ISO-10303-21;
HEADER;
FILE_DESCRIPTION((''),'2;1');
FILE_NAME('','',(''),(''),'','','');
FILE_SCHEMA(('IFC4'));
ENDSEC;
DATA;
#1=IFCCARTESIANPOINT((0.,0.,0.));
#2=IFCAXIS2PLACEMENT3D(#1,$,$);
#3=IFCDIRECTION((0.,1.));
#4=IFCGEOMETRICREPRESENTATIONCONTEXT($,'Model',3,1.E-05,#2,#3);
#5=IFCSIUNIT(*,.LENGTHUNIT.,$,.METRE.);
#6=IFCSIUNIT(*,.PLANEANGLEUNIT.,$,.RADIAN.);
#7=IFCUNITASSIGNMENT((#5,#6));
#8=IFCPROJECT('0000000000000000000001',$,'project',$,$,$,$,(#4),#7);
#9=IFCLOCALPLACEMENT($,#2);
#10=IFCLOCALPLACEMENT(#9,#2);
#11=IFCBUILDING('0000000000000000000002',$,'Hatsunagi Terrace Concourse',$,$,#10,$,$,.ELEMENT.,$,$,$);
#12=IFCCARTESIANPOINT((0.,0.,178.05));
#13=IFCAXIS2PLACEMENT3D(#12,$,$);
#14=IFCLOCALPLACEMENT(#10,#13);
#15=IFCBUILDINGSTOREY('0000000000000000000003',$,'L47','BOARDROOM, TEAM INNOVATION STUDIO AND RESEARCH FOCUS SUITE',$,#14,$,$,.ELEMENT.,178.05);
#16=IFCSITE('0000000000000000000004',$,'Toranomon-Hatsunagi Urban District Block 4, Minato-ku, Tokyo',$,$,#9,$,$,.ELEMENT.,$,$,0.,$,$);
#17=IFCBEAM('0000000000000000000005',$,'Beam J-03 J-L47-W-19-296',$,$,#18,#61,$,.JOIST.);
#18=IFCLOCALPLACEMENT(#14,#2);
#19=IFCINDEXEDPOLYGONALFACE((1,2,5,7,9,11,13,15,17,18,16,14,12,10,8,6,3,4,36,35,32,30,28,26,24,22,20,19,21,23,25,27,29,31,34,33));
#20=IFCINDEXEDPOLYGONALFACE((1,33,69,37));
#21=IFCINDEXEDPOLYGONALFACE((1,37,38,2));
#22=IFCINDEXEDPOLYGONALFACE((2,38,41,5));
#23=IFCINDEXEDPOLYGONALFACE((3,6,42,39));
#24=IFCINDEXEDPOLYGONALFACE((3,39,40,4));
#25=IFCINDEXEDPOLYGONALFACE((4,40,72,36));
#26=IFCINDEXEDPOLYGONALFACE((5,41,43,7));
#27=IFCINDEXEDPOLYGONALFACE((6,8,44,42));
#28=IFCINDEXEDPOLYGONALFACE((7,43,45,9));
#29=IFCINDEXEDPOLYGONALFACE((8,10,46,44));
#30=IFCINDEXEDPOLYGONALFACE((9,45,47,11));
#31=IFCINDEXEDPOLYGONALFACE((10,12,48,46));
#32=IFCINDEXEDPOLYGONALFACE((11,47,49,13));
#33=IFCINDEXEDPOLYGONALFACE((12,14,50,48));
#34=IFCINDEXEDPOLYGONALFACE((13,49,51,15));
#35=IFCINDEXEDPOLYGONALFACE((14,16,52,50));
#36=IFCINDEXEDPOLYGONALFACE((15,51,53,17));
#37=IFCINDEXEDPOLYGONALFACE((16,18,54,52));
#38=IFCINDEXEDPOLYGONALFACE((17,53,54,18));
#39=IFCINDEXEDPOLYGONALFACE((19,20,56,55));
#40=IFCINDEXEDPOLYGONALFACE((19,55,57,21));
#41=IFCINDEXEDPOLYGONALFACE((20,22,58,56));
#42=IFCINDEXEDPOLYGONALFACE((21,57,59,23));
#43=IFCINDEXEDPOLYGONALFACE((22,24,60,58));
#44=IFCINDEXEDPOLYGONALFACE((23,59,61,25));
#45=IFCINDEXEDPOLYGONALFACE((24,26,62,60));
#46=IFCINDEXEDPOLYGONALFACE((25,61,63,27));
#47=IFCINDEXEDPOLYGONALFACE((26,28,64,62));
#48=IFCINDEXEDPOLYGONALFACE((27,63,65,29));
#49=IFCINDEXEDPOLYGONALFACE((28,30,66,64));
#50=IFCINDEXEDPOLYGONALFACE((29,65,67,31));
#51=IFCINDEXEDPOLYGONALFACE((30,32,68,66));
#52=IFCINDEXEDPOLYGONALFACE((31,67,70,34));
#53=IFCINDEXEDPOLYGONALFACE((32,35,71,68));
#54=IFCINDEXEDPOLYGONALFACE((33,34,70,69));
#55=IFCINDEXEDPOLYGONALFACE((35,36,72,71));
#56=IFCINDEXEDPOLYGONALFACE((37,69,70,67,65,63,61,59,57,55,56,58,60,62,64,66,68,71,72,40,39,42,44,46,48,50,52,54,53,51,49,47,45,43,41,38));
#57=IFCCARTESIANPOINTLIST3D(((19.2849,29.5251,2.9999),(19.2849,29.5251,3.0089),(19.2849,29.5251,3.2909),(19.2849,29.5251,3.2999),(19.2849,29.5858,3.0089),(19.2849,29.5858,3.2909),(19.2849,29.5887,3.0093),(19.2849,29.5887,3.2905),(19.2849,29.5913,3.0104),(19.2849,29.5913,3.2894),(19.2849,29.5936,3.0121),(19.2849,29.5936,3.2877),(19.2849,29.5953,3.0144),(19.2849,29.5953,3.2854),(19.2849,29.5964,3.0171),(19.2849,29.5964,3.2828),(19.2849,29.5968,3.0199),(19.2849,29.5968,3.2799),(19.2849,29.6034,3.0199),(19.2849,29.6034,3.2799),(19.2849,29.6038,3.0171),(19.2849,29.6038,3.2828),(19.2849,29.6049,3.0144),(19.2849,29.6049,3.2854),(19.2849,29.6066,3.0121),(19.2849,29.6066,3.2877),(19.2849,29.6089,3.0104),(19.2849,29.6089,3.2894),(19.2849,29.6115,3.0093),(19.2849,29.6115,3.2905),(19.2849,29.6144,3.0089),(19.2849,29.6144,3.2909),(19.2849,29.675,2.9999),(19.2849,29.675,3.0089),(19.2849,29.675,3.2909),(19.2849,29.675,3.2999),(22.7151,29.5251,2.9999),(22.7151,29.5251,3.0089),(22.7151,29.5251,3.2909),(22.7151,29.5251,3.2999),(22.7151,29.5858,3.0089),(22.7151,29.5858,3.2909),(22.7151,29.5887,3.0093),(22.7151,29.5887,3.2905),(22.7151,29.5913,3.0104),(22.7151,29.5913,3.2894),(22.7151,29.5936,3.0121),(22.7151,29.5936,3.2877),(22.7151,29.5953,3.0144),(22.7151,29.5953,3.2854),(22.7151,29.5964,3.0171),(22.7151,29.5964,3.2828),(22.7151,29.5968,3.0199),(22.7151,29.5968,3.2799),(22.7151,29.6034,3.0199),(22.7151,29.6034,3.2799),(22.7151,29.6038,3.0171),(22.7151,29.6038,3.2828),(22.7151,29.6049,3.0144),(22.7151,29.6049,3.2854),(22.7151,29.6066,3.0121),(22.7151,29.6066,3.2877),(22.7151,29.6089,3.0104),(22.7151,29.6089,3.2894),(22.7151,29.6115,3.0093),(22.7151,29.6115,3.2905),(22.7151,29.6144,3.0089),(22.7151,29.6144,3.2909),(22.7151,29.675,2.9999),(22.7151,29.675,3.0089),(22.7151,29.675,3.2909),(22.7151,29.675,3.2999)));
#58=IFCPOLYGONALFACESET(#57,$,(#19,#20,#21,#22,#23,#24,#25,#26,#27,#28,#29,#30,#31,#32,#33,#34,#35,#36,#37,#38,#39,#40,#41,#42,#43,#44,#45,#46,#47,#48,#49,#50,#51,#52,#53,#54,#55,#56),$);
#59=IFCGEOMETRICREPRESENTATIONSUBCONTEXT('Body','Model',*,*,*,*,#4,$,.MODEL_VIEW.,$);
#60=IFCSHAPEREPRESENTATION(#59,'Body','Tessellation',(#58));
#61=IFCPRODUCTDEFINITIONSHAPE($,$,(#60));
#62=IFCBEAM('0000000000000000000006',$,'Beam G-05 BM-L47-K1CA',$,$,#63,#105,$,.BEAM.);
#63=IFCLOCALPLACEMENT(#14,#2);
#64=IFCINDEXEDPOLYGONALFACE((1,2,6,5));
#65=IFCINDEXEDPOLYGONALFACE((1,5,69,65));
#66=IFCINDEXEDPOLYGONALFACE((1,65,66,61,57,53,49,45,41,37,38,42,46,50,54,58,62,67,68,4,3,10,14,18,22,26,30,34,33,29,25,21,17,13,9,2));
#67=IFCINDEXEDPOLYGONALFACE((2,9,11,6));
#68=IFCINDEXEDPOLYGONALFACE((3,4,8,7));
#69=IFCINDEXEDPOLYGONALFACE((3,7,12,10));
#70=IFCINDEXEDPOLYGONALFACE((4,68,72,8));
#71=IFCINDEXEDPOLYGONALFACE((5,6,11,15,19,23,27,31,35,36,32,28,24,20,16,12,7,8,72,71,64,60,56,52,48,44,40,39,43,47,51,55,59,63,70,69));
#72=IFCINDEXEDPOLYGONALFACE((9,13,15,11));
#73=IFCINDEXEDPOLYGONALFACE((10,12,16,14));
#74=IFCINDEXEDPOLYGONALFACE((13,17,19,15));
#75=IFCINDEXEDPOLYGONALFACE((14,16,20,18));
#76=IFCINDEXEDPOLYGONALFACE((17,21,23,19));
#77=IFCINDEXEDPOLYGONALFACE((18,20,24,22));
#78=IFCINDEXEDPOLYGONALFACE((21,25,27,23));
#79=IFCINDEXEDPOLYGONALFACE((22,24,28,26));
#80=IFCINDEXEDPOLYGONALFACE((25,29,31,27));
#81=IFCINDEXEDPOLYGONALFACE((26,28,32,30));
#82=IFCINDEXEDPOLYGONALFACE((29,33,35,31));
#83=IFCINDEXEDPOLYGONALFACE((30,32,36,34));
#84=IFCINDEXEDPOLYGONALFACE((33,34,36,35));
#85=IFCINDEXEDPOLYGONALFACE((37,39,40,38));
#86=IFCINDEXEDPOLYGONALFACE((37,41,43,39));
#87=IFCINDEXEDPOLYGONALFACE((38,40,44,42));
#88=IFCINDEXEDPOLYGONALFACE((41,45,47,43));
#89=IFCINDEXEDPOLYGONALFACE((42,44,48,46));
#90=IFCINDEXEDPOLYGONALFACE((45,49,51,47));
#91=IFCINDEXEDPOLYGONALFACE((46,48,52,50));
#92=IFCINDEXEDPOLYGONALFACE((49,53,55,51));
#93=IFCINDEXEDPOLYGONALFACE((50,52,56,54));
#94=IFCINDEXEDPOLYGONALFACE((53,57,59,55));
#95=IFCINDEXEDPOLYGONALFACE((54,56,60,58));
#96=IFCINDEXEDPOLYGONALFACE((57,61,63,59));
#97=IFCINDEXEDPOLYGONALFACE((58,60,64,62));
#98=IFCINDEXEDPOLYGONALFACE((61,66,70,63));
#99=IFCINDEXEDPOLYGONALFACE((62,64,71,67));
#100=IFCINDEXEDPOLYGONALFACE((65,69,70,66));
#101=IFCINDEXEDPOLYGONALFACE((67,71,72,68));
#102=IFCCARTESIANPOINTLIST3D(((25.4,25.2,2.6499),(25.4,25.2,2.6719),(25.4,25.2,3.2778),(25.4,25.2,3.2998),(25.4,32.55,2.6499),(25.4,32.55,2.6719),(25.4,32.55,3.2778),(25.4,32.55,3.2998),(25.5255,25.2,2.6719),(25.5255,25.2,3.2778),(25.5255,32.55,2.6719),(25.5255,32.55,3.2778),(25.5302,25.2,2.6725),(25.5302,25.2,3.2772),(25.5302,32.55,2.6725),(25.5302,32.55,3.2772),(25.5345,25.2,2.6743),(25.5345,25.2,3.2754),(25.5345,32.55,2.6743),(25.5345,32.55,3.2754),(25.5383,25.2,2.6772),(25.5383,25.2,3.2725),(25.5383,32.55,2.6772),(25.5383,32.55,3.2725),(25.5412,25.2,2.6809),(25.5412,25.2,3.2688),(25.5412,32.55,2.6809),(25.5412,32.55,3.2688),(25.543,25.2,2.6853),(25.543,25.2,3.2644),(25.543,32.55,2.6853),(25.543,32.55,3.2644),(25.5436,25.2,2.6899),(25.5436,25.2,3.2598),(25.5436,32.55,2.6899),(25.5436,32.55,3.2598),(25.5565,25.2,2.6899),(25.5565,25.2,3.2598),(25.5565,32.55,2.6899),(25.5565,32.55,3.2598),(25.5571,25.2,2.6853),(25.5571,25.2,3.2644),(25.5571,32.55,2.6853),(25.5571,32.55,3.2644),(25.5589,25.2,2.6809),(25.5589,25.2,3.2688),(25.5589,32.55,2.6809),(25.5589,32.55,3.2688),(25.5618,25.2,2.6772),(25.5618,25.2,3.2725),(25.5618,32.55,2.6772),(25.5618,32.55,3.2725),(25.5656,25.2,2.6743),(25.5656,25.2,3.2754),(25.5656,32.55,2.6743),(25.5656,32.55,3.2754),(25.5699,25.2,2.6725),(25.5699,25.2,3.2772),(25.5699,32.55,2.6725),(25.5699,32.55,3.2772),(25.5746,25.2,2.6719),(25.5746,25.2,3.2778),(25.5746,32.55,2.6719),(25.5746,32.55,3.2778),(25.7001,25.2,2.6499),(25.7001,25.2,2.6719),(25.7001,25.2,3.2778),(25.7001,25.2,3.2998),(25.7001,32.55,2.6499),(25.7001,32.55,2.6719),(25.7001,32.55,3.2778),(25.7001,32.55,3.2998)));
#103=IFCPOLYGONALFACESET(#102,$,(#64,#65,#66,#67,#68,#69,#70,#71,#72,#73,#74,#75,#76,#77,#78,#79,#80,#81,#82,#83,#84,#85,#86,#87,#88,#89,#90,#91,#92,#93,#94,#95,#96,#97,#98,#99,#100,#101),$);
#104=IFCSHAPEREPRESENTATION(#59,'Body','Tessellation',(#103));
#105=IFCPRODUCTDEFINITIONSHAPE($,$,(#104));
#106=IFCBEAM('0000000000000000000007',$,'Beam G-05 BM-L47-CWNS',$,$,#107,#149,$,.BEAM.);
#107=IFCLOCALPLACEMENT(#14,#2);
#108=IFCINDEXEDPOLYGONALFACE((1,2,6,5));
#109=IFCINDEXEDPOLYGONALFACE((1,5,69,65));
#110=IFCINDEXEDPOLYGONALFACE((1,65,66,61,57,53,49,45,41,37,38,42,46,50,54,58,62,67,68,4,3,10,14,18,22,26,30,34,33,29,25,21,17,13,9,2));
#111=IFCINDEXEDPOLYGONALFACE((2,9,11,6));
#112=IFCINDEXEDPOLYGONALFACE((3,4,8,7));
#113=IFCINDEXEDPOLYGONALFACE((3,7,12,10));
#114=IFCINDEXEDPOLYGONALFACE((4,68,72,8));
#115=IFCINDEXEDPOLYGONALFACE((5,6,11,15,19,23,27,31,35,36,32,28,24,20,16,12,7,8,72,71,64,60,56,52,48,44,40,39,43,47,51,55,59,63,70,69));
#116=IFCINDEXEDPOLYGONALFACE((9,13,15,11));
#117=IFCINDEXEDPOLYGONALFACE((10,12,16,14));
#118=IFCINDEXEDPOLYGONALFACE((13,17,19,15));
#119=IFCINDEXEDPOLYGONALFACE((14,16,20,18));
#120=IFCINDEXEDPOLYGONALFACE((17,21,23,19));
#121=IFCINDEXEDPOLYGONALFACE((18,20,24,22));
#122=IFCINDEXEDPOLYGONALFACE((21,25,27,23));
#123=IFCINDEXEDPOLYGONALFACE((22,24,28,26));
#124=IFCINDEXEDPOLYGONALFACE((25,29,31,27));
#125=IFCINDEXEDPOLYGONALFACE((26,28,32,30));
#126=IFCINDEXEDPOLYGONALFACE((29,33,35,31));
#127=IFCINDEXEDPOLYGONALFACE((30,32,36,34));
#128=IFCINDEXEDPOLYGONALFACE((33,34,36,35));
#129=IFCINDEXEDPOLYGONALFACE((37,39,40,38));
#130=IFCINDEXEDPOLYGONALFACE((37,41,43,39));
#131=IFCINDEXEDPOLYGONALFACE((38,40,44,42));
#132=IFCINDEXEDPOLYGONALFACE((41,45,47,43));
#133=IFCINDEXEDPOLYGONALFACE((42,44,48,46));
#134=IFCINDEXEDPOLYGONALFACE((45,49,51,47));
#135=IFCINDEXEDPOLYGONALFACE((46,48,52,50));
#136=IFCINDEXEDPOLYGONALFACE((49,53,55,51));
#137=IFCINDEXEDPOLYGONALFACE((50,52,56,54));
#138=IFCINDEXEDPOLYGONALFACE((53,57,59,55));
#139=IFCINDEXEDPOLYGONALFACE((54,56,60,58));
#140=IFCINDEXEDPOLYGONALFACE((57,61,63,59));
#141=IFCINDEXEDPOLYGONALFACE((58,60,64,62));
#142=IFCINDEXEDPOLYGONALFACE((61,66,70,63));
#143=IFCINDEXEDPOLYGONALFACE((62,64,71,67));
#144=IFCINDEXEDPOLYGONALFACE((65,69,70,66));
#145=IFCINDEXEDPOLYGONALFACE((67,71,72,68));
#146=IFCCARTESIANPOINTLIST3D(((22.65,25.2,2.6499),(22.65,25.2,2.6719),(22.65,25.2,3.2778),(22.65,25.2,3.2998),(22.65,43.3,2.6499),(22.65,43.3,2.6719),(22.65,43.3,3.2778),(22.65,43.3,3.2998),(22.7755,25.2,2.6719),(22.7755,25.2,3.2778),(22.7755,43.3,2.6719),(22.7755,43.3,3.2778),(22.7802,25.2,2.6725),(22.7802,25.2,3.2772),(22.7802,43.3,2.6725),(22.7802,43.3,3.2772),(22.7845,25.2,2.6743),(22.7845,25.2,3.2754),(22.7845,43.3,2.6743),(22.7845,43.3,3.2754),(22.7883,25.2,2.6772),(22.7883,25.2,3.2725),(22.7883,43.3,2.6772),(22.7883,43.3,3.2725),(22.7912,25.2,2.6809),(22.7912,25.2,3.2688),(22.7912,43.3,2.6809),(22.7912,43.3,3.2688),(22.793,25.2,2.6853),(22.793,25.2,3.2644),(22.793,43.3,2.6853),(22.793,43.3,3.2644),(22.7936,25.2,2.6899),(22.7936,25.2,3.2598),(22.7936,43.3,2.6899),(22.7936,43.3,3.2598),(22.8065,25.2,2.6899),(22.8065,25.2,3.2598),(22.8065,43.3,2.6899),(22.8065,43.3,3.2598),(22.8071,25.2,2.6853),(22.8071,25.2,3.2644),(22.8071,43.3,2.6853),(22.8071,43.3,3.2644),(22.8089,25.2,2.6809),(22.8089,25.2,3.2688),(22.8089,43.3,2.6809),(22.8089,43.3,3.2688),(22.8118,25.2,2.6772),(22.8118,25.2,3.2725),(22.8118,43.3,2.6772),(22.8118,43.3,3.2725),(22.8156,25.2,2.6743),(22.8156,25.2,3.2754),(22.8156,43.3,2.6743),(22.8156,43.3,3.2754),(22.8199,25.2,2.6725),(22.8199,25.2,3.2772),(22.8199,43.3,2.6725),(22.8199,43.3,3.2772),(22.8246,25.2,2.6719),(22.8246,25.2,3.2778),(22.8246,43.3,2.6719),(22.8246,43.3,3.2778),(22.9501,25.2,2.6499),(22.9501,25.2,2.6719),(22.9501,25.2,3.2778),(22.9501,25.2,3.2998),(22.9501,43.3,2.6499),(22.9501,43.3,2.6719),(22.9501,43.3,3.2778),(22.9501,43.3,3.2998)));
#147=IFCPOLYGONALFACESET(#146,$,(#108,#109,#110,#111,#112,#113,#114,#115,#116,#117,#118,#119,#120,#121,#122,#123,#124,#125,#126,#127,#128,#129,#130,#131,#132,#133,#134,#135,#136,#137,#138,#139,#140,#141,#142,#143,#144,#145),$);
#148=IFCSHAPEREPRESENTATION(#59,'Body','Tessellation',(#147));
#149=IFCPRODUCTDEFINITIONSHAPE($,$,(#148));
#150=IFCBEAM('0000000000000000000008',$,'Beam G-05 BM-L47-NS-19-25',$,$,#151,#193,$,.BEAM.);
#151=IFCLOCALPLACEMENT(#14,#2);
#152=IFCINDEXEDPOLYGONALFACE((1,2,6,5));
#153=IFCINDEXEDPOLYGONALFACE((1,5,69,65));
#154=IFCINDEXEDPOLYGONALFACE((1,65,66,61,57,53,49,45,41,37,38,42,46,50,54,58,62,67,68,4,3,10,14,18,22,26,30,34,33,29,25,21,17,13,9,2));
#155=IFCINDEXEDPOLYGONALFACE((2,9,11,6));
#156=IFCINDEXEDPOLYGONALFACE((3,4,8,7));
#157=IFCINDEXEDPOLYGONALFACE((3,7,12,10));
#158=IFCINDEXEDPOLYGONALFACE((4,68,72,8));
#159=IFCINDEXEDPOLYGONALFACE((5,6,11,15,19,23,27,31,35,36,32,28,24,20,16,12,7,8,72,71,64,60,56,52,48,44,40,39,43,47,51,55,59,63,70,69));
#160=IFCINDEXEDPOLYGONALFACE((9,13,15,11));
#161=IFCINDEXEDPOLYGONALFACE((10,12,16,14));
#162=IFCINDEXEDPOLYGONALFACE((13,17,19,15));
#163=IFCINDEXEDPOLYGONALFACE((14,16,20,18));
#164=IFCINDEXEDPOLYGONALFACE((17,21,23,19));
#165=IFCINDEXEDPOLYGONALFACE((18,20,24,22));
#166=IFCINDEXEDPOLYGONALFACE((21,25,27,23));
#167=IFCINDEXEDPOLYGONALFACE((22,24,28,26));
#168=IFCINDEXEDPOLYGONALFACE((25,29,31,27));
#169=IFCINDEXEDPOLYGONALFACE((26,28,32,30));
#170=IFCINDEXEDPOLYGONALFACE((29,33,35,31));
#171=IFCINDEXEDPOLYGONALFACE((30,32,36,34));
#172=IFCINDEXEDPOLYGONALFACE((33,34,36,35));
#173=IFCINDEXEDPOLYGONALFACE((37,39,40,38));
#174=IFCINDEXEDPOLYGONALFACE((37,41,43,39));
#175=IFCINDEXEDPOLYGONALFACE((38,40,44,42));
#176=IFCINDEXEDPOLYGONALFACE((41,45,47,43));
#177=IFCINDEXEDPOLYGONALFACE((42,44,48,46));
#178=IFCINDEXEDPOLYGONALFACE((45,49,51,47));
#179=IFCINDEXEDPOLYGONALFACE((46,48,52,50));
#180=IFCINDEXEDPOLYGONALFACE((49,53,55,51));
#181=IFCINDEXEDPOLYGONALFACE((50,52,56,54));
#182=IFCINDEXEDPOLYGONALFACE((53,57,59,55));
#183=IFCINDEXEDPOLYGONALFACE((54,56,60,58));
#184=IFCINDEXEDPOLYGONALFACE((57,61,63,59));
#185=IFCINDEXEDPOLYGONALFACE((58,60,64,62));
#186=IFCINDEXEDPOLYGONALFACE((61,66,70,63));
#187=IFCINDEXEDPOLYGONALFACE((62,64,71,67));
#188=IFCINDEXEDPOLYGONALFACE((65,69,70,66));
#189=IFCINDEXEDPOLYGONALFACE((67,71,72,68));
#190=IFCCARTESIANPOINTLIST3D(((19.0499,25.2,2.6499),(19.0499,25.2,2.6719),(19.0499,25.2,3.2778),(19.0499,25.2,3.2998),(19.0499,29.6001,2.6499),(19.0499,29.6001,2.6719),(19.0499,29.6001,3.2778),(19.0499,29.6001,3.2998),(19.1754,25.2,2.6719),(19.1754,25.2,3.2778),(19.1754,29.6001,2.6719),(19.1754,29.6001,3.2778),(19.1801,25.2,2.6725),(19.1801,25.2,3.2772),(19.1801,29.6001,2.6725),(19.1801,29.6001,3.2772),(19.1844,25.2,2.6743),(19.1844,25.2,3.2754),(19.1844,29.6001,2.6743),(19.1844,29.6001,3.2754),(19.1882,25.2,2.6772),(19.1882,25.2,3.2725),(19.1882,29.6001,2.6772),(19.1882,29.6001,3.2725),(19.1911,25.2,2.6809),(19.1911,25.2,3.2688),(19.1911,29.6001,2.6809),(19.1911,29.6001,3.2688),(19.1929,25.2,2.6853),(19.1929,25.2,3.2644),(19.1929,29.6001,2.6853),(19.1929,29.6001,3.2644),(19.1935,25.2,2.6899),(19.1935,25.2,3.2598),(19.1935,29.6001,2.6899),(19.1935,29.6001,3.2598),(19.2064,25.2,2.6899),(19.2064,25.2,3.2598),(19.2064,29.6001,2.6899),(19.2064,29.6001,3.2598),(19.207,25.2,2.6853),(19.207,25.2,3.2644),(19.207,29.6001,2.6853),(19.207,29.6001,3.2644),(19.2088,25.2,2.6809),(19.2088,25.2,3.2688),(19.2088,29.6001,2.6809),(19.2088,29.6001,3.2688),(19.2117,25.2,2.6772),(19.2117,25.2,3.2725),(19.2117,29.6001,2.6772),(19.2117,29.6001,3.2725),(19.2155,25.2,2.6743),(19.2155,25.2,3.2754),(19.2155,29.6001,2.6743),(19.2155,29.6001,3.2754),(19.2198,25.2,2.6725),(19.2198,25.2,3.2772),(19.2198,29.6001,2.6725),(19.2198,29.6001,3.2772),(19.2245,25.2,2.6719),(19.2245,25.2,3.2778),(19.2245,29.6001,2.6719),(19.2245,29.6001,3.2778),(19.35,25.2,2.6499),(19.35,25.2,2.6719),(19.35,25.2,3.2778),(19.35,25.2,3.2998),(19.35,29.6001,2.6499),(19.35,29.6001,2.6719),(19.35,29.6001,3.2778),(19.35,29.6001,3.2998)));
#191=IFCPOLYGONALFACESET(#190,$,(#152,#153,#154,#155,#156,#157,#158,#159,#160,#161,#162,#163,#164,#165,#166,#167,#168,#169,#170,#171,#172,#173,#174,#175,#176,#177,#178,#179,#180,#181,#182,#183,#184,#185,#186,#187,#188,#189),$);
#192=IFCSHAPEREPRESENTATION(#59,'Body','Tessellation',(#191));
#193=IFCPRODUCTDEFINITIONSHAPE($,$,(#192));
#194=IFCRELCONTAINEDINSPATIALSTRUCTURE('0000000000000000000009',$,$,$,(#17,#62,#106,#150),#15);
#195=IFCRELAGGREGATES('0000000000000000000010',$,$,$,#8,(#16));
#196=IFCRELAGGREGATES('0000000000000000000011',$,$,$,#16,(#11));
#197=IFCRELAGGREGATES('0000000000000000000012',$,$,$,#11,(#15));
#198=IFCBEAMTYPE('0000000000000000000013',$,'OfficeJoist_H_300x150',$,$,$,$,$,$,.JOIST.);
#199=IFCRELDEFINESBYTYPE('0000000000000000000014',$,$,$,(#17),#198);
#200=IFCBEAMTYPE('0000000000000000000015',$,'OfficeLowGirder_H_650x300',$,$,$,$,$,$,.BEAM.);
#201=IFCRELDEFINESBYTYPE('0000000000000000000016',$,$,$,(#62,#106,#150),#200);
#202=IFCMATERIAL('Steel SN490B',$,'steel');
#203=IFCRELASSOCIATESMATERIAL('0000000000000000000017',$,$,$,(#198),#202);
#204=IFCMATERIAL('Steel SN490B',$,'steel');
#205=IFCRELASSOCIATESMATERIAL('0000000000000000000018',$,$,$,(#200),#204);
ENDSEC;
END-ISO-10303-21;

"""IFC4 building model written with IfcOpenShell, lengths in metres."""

from ifc_helpers import new_model, si_unit, direction, frame, origin, origin_2d, place, context, subcontext, project, spatial, i_section, extrude, material, material_profile, profile_set, type_object, element, save


model = new_model("IFC4")

# Units and contexts
model_context = context("Model", 3, precision=1e-05, world=origin(), true_north=direction((0.0, 1.0)))
body_context = subcontext(model_context, "Body", "Model", "MODEL_VIEW")
ifc_project = project(units=[si_unit("LENGTHUNIT", "METRE"), si_unit("PLANEANGLEUNIT", "RADIAN")], contexts=[model_context])

# Site, building, storey
site_placement = place(None, origin())
site = spatial("IfcSite", under=ifc_project, at=site_placement, Name="Toranomon-Hatsunagi Urban District Block 4, Minato-ku, Tokyo", CompositionType="ELEMENT", RefElevation=0.0)
building_placement = place(site_placement, origin())
building = spatial("IfcBuilding", under=site, at=building_placement, Name="Hatsunagi Terrace Concourse", CompositionType="ELEMENT")
storey_placement = place(building_placement, frame((0.0, 0.0, 178.05)))
storey = spatial("IfcBuildingStorey", under=building, at=storey_placement, Name="L47", Description="BOARDROOM, TEAM INNOVATION STUDIO AND RESEARCH FOCUS SUITE", CompositionType="ELEMENT", Elevation=178.05)

# Beams
ifc_material_1 = material(Name="Steel SN490B", Category="steel")
ifc_material_profile_1 = material_profile(ifc_material_1, i_section(OverallWidth=0.1499, OverallDepth=0.3, WebThickness=0.0066, FlangeThickness=0.009, FilletRadius=0.011, at=origin_2d()), Name="H-300x150x6.5x9")
ifc_profile_set_1 = profile_set([ifc_material_profile_1], Name="Steel SN490B")
beam_type_1 = type_object("IfcBeamType", Name="OfficeJoist_H_300x150", PredefinedType="JOIST", material=ifc_profile_set_1)
for number, where, z_axis, x_axis, name in (
    (1, (19.2849, 29.6001, 3.1499), (1.0, 0.0, 0.0), (0.0, 1.0, 0.0), "Beam J-03 J-L47-W-19-296"),
):
    element("IfcBeam", number, at=place(storey_placement, frame(where, z_axis=z_axis, x_axis=x_axis)), inside=storey, type_object=beam_type_1, Name=name, PredefinedType="JOIST", context=body_context, shape_type="SweptSolid", body=[
        extrude(i_section(OverallWidth=0.1499, OverallDepth=0.3, WebThickness=0.0066, FlangeThickness=0.009, FilletRadius=0.011, at=origin_2d()), origin(), (0.0, 0.0, 1.0), 3.4302),
    ])
ifc_material_2 = material(Name="Steel SN490B", Category="steel")
ifc_material_profile_2 = material_profile(ifc_material_2, i_section(OverallWidth=0.3, OverallDepth=0.6499, WebThickness=0.0129, FlangeThickness=0.022, FilletRadius=0.0181, at=origin_2d()), Name="H-650x300x13x22")
ifc_profile_set_2 = profile_set([ifc_material_profile_2], Name="Steel SN490B")
beam_type_2 = type_object("IfcBeamType", Name="OfficeLowGirder_H_650x300", PredefinedType="BEAM", material=ifc_profile_set_2)
beam_1_placement = place(storey_placement, frame((25.55, 25.2, 2.9749), z_axis=(0.0, 1.0, 0.0), x_axis=(-1.0, 0.0, 0.0)))
element("IfcBeam", 2, at=beam_1_placement, inside=storey, type_object=beam_type_2, Name="Beam G-05 BM-L47-K1CA", PredefinedType="BEAM", context=body_context, shape_type="SweptSolid", body=[
    extrude(i_section(OverallWidth=0.3, OverallDepth=0.6499, WebThickness=0.0129, FlangeThickness=0.022, FilletRadius=0.0181, at=origin_2d()), origin(), (0.0, 0.0, 1.0), 7.3501),
])
beam_2_placement = place(storey_placement, frame((22.8, 25.2, 2.9749), z_axis=(0.0, 1.0, 0.0), x_axis=(-1.0, 0.0, 0.0)))
element("IfcBeam", 3, at=beam_2_placement, inside=storey, type_object=beam_type_2, Name="Beam G-05 BM-L47-CWNS", PredefinedType="BEAM", context=body_context, shape_type="SweptSolid", body=[
    extrude(i_section(OverallWidth=0.3, OverallDepth=0.6499, WebThickness=0.0129, FlangeThickness=0.022, FilletRadius=0.0181, at=origin_2d()), origin(), (0.0, 0.0, 1.0), 18.1001),
])
beam_3_placement = place(storey_placement, frame((19.2, 25.2, 2.9749), z_axis=(0.0, 1.0, 0.0), x_axis=(-1.0, 0.0, 0.0)))
element("IfcBeam", 4, at=beam_3_placement, inside=storey, type_object=beam_type_2, Name="Beam G-05 BM-L47-NS-19-25", PredefinedType="BEAM", context=body_context, shape_type="SweptSolid", body=[
    extrude(i_section(OverallWidth=0.3, OverallDepth=0.6499, WebThickness=0.0129, FlangeThickness=0.022, FilletRadius=0.0181, at=origin_2d()), origin(), (0.0, 0.0, 1.0), 4.4001),
])

save(model, "model.ifc")
